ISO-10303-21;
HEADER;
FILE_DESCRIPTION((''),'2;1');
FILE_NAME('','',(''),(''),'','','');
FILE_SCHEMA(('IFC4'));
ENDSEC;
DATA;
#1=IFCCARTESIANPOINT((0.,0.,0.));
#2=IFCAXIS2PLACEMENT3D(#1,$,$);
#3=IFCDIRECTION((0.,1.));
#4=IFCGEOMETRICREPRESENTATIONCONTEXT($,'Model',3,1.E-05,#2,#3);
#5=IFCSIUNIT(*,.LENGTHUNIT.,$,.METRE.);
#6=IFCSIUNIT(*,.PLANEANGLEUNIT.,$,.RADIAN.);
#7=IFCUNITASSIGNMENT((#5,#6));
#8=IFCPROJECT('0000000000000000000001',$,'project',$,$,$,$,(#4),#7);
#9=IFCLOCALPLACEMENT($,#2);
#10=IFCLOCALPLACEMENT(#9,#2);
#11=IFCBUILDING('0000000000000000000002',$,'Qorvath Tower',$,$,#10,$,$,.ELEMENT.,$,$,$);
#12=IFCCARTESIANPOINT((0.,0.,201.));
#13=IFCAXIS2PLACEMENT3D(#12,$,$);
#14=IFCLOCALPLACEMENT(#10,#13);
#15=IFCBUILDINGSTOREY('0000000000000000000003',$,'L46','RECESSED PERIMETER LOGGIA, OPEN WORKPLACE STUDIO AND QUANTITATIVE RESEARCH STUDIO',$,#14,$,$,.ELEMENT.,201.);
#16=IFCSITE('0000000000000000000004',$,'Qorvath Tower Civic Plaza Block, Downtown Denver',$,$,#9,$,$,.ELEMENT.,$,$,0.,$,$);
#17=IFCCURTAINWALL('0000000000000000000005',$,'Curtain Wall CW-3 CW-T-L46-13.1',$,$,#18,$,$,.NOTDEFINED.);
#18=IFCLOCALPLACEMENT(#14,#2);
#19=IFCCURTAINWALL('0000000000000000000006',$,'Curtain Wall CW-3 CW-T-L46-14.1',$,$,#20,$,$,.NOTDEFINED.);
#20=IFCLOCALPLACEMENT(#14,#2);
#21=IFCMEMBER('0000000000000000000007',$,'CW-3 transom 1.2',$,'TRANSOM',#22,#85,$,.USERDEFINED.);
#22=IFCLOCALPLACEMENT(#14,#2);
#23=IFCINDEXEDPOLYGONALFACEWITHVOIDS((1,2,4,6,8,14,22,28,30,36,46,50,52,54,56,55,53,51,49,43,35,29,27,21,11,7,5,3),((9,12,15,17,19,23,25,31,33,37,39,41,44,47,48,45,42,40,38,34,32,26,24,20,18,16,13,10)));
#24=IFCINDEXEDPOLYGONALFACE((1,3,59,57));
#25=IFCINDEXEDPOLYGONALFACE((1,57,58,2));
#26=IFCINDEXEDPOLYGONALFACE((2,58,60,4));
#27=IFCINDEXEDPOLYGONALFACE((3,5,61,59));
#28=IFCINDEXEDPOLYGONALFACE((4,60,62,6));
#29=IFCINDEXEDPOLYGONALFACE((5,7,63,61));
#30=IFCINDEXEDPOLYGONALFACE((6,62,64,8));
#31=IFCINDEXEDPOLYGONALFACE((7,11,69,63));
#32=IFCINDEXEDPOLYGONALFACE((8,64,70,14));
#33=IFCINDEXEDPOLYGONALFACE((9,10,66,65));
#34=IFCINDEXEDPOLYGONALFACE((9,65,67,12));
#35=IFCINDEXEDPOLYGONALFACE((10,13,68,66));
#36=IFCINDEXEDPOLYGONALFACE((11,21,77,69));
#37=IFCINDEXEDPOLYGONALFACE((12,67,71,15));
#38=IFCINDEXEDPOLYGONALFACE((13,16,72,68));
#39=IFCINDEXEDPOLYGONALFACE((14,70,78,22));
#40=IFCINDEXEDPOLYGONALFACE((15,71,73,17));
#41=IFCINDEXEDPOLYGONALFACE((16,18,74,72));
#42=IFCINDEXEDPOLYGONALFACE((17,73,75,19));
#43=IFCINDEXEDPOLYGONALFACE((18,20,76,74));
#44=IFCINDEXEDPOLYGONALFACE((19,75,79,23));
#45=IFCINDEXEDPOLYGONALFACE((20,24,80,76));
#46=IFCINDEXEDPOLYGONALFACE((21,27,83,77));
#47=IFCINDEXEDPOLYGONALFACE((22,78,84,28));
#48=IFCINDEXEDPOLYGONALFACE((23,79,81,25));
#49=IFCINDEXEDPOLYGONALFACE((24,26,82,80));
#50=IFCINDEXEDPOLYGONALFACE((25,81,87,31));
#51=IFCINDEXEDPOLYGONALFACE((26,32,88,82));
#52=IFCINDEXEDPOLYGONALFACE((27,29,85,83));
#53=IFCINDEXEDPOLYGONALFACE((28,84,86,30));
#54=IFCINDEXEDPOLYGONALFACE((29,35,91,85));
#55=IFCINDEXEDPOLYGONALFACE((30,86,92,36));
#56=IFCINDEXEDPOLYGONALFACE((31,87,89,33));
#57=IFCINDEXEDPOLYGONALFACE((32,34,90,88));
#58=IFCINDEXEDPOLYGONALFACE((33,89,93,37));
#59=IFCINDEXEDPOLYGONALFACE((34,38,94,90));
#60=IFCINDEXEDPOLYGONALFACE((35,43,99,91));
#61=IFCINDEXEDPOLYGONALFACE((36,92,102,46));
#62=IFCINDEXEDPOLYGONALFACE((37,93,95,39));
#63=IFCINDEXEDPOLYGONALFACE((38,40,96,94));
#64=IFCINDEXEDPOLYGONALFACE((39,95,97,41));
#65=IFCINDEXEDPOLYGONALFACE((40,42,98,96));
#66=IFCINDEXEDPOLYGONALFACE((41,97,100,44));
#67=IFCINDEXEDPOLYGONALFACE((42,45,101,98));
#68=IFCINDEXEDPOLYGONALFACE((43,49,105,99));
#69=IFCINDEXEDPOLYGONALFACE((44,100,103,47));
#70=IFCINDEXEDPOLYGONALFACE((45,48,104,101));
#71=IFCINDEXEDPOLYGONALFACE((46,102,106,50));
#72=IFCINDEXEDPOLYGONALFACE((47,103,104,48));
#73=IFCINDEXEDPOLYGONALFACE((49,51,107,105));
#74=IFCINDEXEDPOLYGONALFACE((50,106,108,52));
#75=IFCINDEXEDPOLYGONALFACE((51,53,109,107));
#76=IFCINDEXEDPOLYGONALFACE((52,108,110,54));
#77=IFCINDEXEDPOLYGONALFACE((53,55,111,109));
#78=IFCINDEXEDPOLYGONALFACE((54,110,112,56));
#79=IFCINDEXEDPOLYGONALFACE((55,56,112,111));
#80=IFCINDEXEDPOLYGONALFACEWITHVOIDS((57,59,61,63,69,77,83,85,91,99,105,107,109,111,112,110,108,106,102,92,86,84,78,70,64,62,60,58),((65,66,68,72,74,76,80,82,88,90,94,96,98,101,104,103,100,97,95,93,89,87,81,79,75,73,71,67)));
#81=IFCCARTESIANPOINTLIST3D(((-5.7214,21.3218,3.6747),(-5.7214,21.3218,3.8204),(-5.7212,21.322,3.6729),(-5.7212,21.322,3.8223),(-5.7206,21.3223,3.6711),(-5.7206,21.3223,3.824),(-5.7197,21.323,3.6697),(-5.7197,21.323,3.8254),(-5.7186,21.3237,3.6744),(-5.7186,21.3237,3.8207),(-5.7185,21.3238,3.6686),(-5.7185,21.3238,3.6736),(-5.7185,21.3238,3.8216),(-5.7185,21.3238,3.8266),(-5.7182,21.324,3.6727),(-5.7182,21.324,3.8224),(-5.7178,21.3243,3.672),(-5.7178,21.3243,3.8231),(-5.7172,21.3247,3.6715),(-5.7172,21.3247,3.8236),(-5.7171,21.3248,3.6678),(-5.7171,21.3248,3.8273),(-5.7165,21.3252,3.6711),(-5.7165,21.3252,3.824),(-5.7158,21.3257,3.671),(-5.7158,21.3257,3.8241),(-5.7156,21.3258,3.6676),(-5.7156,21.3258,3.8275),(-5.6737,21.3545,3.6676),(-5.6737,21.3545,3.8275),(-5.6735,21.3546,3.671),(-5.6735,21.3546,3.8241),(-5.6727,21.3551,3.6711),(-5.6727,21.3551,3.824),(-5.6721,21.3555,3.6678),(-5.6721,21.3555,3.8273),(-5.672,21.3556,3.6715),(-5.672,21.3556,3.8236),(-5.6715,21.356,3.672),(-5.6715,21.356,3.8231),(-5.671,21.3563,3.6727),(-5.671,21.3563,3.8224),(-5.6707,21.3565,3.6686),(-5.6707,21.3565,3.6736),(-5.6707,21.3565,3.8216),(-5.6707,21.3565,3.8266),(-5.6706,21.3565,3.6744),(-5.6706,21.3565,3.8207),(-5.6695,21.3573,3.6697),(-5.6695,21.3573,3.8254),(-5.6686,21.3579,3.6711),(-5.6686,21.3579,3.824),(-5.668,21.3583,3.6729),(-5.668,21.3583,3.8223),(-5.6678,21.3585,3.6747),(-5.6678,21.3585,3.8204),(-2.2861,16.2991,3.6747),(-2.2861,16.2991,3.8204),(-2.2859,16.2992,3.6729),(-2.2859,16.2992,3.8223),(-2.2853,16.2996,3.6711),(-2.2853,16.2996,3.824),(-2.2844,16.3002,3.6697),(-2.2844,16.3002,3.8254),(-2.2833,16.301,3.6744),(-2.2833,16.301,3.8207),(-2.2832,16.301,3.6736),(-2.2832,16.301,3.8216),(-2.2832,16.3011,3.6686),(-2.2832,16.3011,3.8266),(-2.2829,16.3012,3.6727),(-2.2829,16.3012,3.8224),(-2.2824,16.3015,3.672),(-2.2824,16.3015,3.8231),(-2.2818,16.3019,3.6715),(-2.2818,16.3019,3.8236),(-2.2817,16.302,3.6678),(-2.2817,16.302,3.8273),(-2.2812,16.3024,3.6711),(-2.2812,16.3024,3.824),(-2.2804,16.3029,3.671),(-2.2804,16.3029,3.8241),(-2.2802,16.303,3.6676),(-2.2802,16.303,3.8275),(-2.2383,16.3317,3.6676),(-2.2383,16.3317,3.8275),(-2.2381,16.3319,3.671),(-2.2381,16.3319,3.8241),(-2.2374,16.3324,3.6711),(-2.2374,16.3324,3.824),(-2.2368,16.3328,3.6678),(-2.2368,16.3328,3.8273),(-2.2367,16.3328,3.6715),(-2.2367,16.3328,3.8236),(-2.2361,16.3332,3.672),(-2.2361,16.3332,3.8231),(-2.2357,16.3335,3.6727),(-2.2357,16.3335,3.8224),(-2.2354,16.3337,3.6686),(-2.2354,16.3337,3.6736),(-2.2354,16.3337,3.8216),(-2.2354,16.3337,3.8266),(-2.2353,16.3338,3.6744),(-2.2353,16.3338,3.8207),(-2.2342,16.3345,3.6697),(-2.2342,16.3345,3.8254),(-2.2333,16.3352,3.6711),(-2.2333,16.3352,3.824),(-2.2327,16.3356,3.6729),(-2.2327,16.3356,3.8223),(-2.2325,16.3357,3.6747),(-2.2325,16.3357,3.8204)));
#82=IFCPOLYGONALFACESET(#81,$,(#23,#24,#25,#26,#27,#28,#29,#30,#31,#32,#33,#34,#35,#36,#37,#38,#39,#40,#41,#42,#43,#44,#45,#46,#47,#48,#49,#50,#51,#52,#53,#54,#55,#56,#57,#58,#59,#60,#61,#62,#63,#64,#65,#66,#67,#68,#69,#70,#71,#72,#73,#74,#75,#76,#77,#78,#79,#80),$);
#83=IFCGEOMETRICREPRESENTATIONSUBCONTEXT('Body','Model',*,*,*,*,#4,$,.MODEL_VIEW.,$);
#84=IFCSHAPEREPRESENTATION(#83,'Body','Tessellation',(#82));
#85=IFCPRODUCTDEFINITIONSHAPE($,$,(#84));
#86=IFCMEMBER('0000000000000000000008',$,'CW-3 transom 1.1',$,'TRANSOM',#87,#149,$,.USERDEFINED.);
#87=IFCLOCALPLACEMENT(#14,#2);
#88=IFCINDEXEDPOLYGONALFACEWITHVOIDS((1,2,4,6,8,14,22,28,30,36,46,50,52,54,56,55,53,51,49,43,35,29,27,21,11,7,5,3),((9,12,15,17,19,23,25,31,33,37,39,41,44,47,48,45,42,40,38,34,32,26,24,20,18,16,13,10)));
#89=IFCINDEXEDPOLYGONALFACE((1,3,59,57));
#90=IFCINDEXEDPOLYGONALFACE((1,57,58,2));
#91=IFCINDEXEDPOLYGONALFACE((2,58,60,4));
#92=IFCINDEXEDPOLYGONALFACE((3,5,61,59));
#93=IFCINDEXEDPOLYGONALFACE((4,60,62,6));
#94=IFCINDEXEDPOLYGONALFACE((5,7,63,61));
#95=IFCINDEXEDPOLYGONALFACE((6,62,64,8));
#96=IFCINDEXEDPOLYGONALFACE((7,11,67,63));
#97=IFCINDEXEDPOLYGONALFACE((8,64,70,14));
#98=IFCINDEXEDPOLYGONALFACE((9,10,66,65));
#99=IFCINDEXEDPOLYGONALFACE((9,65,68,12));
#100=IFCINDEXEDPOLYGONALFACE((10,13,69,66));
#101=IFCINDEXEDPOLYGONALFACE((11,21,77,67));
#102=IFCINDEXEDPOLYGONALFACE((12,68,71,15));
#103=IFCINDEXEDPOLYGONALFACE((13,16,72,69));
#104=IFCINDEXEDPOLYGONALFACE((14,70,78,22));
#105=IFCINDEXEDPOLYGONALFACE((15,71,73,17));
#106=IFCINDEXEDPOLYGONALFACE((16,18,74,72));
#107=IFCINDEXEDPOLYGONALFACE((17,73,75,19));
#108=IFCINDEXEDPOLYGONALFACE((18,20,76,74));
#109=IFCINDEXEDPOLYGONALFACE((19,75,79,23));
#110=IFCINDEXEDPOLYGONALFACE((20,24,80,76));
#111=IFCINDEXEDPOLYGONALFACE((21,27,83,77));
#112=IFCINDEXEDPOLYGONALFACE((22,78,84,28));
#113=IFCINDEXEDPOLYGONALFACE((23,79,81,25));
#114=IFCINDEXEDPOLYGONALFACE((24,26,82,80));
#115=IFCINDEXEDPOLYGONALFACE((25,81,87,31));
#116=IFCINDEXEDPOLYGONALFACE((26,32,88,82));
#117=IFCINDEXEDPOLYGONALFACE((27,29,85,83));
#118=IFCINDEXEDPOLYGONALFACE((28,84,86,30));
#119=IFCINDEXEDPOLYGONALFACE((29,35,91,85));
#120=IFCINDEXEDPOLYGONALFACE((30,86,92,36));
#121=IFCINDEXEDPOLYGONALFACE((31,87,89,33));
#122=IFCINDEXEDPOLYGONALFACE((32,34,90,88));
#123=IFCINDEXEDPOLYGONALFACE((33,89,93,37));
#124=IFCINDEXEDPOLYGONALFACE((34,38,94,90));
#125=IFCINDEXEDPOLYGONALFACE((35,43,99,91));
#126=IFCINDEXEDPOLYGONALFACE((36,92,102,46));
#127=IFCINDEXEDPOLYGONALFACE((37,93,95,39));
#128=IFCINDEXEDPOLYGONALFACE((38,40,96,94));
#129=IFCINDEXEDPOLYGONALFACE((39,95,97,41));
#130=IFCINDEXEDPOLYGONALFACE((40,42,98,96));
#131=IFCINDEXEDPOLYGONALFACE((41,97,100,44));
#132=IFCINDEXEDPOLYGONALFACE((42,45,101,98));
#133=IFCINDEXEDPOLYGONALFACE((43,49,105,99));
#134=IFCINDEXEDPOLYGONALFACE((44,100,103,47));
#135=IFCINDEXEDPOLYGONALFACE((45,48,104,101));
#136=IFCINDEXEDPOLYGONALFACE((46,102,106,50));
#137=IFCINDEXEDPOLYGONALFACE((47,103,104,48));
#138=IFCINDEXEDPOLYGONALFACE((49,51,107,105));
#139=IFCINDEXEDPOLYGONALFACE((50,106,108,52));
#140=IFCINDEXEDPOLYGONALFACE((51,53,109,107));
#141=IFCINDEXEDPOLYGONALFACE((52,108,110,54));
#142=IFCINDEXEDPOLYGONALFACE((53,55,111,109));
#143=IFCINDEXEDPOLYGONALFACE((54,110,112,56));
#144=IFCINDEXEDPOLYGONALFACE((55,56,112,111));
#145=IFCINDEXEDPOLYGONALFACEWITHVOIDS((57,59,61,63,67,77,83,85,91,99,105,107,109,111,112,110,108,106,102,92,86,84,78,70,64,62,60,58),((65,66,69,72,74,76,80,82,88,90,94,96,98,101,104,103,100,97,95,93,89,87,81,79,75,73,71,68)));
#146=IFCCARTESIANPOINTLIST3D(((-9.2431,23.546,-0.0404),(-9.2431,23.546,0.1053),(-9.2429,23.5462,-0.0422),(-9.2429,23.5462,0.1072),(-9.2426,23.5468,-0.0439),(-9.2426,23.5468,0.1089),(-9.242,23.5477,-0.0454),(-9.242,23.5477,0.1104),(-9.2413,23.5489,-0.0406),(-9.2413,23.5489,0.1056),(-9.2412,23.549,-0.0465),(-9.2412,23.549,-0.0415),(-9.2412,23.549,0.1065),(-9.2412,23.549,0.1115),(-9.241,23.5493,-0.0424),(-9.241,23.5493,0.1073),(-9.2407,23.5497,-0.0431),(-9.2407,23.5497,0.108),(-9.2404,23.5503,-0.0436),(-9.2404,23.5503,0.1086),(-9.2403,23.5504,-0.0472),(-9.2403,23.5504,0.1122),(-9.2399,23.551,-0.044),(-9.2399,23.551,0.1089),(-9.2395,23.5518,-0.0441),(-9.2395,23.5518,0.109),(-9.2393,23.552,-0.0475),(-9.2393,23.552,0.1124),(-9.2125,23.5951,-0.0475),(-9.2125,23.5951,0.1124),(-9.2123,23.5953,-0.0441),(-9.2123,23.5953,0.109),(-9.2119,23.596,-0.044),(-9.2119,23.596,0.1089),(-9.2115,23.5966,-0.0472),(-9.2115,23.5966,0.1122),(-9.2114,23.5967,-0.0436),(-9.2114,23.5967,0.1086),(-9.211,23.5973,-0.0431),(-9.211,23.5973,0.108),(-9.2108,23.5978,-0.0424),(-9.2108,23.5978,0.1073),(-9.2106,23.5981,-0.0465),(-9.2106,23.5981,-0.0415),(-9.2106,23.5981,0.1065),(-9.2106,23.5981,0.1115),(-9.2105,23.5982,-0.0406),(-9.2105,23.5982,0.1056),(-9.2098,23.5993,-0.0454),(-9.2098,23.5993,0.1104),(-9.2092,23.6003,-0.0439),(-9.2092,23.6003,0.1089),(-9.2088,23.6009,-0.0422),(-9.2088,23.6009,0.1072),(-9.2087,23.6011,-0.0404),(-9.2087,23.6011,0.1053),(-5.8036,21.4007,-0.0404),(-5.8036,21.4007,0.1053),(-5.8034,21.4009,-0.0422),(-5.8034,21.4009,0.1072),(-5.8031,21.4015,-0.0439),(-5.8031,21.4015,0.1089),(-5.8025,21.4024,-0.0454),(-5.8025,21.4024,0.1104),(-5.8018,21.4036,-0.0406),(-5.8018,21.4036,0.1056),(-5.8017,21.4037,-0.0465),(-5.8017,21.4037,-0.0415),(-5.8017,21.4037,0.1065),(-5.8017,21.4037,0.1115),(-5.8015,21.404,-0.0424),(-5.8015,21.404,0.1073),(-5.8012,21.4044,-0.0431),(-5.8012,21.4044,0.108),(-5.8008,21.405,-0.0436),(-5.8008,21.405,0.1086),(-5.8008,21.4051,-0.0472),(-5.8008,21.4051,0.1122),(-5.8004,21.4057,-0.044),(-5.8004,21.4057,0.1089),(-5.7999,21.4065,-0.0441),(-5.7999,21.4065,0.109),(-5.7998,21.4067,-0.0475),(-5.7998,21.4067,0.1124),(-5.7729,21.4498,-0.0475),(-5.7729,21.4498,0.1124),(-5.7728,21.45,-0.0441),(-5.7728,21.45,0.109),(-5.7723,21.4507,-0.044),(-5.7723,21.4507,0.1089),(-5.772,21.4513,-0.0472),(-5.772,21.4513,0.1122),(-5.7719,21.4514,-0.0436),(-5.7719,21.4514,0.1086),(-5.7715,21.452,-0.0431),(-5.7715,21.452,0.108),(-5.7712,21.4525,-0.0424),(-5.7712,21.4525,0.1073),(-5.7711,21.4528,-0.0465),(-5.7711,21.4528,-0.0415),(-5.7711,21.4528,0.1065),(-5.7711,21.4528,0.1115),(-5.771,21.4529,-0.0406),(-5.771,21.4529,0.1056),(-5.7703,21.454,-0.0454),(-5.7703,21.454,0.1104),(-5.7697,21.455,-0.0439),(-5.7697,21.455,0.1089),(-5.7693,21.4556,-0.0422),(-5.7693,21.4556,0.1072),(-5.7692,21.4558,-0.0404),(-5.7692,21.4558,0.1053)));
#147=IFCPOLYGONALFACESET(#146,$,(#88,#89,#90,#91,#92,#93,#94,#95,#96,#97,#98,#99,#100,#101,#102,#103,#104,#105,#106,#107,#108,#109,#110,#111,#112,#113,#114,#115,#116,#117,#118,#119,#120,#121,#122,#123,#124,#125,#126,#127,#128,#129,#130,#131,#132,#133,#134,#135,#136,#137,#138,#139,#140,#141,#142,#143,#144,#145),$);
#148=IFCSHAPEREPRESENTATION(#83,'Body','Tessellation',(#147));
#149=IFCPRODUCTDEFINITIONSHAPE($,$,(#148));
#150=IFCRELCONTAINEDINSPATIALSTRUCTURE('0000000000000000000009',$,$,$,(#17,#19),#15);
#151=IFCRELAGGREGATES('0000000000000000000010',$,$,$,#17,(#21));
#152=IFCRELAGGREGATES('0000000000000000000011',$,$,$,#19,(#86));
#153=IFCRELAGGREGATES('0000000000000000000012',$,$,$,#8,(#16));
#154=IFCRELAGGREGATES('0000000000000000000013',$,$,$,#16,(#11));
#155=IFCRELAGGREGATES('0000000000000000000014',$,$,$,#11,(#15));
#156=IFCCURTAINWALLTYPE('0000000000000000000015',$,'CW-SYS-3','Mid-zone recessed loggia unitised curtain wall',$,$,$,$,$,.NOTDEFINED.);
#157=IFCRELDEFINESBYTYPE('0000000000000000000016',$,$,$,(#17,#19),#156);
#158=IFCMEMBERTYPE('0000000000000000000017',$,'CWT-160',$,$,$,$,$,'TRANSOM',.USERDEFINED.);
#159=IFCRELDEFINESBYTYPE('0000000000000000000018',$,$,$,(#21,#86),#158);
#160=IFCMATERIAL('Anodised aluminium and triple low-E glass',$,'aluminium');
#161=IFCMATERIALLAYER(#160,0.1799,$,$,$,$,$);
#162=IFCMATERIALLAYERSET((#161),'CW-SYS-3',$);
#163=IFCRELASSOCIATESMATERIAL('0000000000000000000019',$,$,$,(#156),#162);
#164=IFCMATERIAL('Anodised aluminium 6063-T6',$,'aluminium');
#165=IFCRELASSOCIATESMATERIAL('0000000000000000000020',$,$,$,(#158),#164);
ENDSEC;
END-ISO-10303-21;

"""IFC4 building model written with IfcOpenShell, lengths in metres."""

from ifc_helpers import new_model, si_unit, direction, frame, origin, origin_2d, place, context, subcontext, project, spatial, hollow_rectangle, extrude, material, layer, layer_set, material_profile, profile_set, type_object, element, aggregate, save


model = new_model("IFC4")

# Units and contexts
model_context = context("Model", 3, precision=1e-05, world=origin(), true_north=direction((0.0, 1.0)))
body_context = subcontext(model_context, "Body", "Model", "MODEL_VIEW")
ifc_project = project(units=[si_unit("LENGTHUNIT", "METRE"), si_unit("PLANEANGLEUNIT", "RADIAN")], contexts=[model_context])

# Site, building, storey
site_placement = place(None, origin())
site = spatial("IfcSite", under=ifc_project, at=site_placement, Name="Qorvath Tower Civic Plaza Block, Downtown Denver", CompositionType="ELEMENT", RefElevation=0.0)
building_placement = place(site_placement, origin())
building = spatial("IfcBuilding", under=site, at=building_placement, Name="Qorvath Tower", CompositionType="ELEMENT")
storey_placement = place(building_placement, frame((0.0, 0.0, 201.0)))
storey = spatial("IfcBuildingStorey", under=building, at=storey_placement, Name="L46", Description="RECESSED PERIMETER LOGGIA, OPEN WORKPLACE STUDIO AND QUANTITATIVE RESEARCH STUDIO", CompositionType="ELEMENT", Elevation=201.0)

# Shared definitions
ifc_material_1 = material(Name="Anodised aluminium and triple low-E glass", Category="aluminium")
ifc_layer_1 = layer(ifc_material_1, 0.1799)
ifc_layer_set_1 = layer_set([ifc_layer_1], Name="CW-SYS-3")
curtain_wall_type = type_object("IfcCurtainWallType", Name="CW-SYS-3", Description="Mid-zone recessed loggia unitised curtain wall", PredefinedType="NOTDEFINED", material=ifc_layer_set_1)

# Curtain walls
curtain_wall_1_placement = place(storey_placement, origin())
curtain_wall_1 = element("IfcCurtainWall", 1, at=curtain_wall_1_placement, inside=storey, type_object=curtain_wall_type, Name="Curtain Wall CW-3 CW-T-L46-13.1", PredefinedType="NOTDEFINED")
curtain_wall_2_placement = place(storey_placement, origin())
curtain_wall_2 = element("IfcCurtainWall", 2, at=curtain_wall_2_placement, inside=storey, type_object=curtain_wall_type, Name="Curtain Wall CW-3 CW-T-L46-14.1", PredefinedType="NOTDEFINED")

# Members
ifc_material_2 = material(Name="Anodised aluminium 6063-T6", Category="aluminium")
ifc_material_profile_1 = material_profile(ifc_material_2, hollow_rectangle(XDim=0.0649, YDim=0.1599, WallThickness=0.0034, InnerFilletRadius=0.0034, OuterFilletRadius=0.0071, at=origin_2d()), Name="CWT 160x65")
ifc_profile_set_1 = profile_set([ifc_material_profile_1], Name="Anodised aluminium 6063-T6")
member_type_1 = type_object("IfcMemberType", Name="CWT-160", ElementType="TRANSOM", PredefinedType="USERDEFINED", material=ifc_profile_set_1)
member_1_placement = place(storey_placement, frame((-2.2593, 16.3174, 3.7476), z_axis=(-0.56454, 0.825406, 0.0), x_axis=(-0.825406, -0.56454, 0.0)))
member_1 = element("IfcMember", 3, at=member_1_placement, type_object=member_type_1, Name="CW-3 transom 1.2", ObjectType="TRANSOM", PredefinedType="USERDEFINED", context=body_context, shape_type="SweptSolid", body=[
    extrude(hollow_rectangle(XDim=0.0649, YDim=0.1599, WallThickness=0.0034, InnerFilletRadius=0.0034, OuterFilletRadius=0.0071, at=origin_2d()), origin(), (0.0, 0.0, 1.0), 6.0852),
])
member_2_placement = place(storey_placement, frame((-5.7864, 21.4282, 0.0325), z_axis=(-0.848485, 0.529219, 0.0), x_axis=(-0.529219, -0.848485, 0.0)))
member_2 = element("IfcMember", 4, at=member_2_placement, type_object=member_type_1, Name="CW-3 transom 1.1", ObjectType="TRANSOM", PredefinedType="USERDEFINED", context=body_context, shape_type="SweptSolid", body=[
    extrude(hollow_rectangle(XDim=0.0649, YDim=0.1599, WallThickness=0.0034, InnerFilletRadius=0.0034, OuterFilletRadius=0.0071, at=origin_2d()), origin(), (0.0, 0.0, 1.0), 4.0537),
])

aggregate(curtain_wall_1, [member_1])
aggregate(curtain_wall_2, [member_2])

save(model, "model.ifc")
